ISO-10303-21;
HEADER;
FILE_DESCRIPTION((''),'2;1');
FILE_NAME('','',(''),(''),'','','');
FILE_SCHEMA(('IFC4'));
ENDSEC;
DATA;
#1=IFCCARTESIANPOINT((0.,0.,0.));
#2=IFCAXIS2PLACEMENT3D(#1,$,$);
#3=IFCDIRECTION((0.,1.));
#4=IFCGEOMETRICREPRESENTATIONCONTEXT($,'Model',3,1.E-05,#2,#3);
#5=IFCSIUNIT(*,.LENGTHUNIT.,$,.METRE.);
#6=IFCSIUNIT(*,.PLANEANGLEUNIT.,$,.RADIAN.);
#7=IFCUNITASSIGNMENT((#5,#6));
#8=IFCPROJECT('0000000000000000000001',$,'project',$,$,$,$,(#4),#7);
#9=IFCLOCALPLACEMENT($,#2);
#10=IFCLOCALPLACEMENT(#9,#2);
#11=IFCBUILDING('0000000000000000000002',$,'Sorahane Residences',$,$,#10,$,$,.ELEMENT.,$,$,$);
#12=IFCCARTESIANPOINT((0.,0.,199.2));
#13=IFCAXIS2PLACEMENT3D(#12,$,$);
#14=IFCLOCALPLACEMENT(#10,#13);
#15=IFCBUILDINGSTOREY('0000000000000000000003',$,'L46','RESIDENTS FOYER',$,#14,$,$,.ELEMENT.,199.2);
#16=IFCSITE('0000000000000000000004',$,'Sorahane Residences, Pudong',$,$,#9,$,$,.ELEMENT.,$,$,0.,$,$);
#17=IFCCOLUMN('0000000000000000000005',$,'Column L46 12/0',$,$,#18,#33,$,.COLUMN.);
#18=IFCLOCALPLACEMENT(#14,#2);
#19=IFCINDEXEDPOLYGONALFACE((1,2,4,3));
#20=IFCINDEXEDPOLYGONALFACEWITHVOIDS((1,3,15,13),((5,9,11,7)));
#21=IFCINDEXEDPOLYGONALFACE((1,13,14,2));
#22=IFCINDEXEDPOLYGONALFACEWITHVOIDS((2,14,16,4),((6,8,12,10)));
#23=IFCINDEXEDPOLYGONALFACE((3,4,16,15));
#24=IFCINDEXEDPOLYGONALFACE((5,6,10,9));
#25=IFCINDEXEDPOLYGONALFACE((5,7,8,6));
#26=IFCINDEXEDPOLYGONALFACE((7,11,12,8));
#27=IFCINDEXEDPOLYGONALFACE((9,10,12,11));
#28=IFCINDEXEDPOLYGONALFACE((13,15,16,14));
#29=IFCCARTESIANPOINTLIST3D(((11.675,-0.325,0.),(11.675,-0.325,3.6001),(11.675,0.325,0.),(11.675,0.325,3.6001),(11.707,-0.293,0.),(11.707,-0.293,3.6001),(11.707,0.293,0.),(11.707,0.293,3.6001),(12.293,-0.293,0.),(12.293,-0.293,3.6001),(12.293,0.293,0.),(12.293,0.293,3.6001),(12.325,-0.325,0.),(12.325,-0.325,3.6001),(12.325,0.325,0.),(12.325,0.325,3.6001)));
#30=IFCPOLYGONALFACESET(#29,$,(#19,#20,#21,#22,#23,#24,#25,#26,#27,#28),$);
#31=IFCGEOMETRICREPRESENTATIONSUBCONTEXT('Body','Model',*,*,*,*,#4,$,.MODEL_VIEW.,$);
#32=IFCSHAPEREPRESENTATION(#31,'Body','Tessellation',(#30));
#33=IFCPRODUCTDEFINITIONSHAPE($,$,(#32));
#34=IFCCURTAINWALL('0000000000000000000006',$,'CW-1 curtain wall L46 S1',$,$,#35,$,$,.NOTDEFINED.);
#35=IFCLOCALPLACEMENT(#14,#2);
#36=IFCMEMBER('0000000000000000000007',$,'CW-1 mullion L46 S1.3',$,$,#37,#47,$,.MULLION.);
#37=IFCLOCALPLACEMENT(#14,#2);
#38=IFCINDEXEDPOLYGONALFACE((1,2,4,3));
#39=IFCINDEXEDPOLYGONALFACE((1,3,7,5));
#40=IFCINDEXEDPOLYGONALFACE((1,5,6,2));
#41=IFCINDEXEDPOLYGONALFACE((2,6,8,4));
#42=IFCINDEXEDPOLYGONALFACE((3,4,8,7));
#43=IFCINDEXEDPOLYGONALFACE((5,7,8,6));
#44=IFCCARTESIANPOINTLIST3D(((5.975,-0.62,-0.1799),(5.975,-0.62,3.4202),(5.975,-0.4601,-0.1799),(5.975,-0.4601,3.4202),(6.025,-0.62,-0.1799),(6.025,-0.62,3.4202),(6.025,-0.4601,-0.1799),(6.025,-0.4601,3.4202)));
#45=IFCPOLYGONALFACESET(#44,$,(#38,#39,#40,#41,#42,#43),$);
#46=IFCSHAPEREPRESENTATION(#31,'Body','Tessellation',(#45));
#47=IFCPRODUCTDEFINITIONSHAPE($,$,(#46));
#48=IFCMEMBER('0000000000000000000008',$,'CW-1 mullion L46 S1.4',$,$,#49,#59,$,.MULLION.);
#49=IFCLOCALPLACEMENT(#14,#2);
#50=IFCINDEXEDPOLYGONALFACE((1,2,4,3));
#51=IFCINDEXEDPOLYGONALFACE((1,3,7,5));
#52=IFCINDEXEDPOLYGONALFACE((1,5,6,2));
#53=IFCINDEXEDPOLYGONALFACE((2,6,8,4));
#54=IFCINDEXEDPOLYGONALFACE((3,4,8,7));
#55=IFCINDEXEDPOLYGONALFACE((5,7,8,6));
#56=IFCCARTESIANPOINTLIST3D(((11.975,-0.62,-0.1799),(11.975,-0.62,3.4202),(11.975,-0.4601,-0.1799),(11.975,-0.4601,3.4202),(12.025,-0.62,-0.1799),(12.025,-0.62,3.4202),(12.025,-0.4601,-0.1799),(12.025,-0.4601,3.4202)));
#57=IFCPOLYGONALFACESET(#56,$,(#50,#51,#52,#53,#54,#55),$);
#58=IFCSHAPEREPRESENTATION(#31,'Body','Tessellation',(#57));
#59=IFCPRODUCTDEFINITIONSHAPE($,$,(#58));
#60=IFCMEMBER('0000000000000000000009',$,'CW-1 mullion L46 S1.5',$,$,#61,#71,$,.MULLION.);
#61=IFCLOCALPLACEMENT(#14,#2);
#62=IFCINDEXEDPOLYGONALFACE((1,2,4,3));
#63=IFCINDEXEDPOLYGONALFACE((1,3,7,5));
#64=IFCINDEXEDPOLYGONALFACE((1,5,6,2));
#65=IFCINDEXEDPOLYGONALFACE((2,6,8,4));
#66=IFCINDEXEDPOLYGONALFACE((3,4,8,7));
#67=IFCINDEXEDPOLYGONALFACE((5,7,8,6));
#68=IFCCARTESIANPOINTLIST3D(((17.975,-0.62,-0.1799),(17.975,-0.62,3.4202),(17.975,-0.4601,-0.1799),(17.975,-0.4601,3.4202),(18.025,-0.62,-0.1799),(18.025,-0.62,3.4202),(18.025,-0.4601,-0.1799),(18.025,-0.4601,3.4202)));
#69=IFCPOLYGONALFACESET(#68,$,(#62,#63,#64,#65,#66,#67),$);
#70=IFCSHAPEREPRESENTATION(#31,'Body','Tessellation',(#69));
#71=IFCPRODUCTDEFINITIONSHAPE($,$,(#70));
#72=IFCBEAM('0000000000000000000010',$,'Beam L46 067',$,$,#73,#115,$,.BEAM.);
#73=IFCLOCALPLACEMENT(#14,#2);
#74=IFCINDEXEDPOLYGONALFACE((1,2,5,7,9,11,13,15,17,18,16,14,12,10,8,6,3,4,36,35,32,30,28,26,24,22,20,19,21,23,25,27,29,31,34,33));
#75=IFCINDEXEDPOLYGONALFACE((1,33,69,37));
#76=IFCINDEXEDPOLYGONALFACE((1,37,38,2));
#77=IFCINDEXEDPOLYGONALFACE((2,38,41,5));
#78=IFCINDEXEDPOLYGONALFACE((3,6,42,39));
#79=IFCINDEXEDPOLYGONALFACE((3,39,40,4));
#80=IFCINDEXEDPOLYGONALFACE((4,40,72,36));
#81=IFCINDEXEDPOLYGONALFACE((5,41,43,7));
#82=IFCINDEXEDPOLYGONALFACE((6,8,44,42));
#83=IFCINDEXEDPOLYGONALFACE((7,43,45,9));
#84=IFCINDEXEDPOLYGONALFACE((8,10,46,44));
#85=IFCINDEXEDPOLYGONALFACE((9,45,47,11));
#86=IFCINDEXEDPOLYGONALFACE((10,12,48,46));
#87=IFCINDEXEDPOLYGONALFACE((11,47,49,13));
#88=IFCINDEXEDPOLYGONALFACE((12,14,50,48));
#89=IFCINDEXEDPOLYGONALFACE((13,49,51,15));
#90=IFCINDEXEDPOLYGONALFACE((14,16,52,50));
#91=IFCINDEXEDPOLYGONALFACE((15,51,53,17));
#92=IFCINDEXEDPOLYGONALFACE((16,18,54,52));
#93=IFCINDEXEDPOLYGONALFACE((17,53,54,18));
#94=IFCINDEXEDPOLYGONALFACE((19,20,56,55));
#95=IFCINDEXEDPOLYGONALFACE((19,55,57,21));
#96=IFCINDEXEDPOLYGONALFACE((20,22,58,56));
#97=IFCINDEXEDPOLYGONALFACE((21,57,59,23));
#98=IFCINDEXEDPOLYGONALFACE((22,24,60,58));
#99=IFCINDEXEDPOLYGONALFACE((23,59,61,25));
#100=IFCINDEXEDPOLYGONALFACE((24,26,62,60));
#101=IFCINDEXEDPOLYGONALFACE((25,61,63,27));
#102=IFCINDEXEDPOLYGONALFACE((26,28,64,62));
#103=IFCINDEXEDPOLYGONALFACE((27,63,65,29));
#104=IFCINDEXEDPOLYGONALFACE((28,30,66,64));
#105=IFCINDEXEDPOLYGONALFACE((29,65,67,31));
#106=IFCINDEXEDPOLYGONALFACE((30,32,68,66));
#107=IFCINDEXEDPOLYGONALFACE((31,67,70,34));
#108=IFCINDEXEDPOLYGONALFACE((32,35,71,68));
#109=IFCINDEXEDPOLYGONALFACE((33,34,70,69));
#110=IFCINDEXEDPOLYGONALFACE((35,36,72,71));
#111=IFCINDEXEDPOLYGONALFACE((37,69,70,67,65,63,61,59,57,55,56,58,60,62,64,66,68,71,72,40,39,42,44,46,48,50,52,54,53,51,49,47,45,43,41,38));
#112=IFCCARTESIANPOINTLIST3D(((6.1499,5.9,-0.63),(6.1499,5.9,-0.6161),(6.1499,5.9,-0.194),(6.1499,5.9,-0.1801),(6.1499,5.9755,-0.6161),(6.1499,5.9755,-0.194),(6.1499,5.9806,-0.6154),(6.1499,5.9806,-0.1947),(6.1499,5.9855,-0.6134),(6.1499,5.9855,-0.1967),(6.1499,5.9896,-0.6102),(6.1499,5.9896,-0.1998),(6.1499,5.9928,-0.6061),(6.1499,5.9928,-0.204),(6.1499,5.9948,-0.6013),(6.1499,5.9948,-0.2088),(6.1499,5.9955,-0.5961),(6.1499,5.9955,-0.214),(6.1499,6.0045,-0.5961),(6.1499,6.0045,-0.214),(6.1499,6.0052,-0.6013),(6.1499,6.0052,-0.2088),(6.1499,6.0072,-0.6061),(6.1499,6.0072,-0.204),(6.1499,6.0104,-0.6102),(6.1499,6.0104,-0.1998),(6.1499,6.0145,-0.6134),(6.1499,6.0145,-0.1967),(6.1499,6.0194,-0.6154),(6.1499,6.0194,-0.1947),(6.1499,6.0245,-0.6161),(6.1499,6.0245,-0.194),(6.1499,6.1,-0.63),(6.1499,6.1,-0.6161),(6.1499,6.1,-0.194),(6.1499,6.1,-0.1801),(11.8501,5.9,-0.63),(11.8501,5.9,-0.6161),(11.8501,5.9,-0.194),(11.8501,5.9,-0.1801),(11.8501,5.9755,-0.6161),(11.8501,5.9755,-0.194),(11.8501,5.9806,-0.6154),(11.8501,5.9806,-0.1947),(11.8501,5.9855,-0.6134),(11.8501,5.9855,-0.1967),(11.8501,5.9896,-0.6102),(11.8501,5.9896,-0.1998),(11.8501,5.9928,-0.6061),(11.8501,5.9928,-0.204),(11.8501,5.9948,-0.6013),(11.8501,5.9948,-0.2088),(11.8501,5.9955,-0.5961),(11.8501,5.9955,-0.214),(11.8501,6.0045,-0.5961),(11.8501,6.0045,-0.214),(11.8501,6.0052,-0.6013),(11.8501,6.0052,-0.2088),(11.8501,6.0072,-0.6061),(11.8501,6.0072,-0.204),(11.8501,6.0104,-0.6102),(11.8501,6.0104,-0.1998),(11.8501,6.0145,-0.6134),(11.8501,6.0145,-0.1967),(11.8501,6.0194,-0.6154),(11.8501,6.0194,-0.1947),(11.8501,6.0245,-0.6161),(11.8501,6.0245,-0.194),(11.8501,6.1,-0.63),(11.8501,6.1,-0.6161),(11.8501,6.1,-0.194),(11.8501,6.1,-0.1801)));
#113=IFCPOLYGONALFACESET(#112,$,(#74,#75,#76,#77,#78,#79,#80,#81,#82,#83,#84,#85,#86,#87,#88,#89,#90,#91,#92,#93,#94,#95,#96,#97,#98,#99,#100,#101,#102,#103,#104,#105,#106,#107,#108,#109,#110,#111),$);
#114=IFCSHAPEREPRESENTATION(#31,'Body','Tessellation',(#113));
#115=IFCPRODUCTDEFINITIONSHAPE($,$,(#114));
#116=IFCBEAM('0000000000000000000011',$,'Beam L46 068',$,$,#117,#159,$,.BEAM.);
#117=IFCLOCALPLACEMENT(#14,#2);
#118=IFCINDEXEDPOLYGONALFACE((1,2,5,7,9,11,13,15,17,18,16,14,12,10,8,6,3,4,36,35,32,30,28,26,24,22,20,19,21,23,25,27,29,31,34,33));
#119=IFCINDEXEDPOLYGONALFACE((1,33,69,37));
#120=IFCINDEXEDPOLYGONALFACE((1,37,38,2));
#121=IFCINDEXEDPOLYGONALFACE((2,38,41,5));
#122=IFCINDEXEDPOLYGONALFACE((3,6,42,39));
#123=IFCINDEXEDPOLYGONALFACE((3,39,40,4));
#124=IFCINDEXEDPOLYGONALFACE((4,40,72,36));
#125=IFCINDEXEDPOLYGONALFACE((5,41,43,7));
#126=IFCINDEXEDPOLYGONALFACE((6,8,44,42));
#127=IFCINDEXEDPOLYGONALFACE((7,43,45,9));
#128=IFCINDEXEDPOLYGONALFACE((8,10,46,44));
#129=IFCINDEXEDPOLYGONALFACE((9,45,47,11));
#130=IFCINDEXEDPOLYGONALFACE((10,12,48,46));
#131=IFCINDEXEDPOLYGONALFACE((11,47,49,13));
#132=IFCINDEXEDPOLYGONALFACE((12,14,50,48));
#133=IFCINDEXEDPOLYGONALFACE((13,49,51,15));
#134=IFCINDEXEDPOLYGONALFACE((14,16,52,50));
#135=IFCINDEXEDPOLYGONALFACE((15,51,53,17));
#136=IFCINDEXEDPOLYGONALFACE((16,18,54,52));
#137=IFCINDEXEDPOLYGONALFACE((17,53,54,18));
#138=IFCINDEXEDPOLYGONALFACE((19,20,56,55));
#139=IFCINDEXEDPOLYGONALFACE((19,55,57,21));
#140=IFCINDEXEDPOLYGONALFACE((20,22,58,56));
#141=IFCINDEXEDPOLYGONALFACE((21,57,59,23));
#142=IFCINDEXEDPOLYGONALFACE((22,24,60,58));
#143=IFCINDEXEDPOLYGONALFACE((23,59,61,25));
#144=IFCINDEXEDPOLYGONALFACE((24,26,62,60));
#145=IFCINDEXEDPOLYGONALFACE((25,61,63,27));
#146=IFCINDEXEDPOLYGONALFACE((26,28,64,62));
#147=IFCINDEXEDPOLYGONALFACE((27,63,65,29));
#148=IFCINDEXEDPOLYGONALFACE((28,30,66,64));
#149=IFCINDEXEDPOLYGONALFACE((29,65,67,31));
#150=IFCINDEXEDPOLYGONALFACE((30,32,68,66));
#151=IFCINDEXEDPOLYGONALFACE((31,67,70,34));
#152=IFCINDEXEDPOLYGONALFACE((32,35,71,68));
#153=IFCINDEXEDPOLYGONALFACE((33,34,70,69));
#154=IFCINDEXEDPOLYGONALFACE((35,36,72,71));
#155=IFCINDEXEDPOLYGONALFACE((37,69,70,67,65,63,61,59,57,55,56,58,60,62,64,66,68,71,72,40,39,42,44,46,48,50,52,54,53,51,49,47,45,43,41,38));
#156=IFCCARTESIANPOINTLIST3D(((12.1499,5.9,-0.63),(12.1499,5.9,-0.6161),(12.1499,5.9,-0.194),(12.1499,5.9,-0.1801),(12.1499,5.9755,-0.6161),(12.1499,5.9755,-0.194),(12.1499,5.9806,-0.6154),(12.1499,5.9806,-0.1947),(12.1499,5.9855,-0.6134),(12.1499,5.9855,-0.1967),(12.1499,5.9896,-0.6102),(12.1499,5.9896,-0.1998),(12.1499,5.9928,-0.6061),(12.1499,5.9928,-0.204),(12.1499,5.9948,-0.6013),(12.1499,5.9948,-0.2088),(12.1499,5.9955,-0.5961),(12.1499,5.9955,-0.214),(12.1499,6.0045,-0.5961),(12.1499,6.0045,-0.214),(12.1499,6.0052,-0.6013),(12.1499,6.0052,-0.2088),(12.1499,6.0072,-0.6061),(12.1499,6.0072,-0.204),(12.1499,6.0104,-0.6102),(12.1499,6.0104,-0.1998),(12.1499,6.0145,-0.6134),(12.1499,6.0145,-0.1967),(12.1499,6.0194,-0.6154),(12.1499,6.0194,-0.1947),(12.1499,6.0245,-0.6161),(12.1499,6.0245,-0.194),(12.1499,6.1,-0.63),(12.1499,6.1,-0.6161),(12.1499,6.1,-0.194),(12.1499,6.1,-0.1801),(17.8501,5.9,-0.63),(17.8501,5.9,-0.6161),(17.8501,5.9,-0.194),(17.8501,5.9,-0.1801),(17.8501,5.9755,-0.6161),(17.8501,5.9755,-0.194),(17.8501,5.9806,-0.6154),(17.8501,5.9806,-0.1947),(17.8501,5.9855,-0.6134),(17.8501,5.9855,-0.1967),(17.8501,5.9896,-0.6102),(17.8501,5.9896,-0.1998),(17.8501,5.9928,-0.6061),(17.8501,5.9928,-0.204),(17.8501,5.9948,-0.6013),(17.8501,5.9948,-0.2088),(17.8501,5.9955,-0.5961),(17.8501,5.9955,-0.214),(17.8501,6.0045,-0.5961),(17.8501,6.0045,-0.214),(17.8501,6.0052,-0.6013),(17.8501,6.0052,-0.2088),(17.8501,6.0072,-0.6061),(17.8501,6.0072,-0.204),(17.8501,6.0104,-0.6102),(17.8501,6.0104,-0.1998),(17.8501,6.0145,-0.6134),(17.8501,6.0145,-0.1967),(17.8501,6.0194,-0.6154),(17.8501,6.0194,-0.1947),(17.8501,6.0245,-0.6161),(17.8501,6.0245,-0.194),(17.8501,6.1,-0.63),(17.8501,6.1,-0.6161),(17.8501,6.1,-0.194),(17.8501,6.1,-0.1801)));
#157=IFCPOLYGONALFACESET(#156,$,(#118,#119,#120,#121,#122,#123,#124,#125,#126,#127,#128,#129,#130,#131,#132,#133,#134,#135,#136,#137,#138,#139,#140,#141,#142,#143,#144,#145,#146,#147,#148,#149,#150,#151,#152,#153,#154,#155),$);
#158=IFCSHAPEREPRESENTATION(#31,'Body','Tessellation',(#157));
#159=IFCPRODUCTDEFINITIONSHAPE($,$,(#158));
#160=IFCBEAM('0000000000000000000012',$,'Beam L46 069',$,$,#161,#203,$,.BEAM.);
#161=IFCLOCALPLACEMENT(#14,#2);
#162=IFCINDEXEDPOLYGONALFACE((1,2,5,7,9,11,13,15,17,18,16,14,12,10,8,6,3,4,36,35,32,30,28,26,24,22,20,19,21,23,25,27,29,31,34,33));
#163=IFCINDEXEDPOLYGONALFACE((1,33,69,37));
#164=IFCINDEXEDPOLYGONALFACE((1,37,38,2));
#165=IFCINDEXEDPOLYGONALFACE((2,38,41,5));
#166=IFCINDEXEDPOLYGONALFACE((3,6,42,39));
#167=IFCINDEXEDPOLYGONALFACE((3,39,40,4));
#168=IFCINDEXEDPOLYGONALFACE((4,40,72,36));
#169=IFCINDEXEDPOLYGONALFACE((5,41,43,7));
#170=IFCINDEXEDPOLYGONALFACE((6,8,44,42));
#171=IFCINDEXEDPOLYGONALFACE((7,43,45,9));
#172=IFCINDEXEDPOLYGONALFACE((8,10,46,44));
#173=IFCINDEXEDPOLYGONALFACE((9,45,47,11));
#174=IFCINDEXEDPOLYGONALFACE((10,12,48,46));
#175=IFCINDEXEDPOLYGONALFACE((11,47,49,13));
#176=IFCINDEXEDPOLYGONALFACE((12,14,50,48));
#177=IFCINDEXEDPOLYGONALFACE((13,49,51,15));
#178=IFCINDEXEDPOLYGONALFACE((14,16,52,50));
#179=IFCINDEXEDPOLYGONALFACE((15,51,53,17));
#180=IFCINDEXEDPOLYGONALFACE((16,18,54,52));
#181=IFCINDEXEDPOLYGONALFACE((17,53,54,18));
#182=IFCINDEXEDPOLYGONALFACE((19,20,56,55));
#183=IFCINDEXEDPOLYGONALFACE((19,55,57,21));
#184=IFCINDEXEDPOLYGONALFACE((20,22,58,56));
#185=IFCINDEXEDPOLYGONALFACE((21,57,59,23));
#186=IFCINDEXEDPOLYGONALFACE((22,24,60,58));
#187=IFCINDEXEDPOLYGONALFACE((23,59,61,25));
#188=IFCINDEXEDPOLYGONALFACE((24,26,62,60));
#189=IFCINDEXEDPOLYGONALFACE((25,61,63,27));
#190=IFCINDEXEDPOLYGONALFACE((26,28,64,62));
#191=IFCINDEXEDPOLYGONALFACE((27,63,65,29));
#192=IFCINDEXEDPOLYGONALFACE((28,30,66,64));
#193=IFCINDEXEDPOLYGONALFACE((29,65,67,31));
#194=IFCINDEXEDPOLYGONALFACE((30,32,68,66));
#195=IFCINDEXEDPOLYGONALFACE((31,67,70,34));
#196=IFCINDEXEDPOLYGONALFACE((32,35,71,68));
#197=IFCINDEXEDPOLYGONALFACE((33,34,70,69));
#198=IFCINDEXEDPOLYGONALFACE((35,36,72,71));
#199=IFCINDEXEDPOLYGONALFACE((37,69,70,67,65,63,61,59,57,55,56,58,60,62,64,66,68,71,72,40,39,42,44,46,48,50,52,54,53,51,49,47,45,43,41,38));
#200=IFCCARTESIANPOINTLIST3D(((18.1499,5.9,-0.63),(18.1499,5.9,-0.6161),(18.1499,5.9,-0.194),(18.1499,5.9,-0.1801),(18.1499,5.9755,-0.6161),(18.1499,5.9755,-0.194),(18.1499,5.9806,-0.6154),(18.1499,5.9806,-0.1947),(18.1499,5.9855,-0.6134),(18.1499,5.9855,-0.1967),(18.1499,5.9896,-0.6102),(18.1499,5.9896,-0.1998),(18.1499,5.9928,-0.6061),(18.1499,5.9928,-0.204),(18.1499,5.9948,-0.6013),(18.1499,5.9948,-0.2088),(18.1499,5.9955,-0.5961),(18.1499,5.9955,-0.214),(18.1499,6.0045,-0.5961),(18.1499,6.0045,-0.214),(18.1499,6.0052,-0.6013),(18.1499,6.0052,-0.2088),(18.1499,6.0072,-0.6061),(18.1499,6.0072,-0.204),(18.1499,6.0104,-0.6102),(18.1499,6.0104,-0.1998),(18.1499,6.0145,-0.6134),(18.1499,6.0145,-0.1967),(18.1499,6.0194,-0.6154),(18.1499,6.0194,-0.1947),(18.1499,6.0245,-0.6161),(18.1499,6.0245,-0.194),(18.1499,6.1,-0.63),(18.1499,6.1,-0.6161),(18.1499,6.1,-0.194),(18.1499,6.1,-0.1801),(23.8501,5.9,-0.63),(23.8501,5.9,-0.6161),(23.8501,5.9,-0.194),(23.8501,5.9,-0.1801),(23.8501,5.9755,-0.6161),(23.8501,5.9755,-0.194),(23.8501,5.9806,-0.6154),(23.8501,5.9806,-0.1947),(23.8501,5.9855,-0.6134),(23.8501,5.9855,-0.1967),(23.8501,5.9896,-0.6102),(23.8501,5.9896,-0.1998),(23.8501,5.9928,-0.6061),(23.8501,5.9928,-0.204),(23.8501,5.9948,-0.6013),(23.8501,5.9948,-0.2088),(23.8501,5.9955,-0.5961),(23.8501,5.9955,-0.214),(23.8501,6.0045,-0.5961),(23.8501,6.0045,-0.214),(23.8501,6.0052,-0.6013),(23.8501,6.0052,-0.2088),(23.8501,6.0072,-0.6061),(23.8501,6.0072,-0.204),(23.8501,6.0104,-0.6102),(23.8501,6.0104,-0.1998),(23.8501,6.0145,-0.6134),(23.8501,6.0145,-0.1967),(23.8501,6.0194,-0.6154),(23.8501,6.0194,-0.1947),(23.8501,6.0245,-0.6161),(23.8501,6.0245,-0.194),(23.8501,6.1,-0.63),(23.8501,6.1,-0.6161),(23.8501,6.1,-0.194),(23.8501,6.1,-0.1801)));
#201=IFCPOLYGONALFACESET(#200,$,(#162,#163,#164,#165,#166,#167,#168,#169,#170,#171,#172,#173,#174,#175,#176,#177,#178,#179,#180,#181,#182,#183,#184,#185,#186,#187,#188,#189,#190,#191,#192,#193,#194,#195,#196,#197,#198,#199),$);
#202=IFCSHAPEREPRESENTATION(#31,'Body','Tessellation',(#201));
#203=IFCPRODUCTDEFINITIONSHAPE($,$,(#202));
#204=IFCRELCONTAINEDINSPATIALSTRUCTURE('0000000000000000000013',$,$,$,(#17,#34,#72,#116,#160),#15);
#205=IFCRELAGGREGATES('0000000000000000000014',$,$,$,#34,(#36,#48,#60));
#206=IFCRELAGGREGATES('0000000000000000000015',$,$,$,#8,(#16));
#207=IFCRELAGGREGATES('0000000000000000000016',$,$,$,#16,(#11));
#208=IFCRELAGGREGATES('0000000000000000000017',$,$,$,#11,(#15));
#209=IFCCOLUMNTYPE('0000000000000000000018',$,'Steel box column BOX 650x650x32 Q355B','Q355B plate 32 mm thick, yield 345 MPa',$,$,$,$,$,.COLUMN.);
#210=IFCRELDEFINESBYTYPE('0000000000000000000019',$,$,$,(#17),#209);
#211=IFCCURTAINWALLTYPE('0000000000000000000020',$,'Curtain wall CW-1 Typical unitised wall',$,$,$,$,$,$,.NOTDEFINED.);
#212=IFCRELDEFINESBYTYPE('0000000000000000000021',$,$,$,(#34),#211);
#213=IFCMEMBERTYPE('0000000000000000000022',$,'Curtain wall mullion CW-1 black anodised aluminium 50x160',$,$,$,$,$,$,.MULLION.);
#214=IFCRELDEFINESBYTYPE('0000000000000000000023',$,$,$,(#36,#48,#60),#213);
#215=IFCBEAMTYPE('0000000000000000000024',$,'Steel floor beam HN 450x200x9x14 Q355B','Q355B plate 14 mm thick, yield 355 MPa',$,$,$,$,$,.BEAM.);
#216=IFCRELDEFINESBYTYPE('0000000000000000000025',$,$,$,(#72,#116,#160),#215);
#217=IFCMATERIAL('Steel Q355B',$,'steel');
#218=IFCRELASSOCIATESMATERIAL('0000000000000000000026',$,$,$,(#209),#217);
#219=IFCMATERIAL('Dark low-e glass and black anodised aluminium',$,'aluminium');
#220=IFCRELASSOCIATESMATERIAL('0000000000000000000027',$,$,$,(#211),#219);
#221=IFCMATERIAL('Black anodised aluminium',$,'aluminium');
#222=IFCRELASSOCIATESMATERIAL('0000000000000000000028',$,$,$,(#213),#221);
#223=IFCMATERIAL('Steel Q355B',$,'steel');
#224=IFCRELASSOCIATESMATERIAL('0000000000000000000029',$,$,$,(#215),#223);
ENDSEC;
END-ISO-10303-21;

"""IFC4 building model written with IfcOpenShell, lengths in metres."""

from ifc_helpers import new_model, si_unit, direction, frame, origin, origin_2d, place, context, subcontext, project, spatial, rectangle, hollow_rectangle, i_section, extrude, material, material_profile, profile_set, type_object, element, aggregate, save


model = new_model("IFC4")

# Units and contexts
model_context = context("Model", 3, precision=1e-05, world=origin(), true_north=direction((0.0, 1.0)))
body_context = subcontext(model_context, "Body", "Model", "MODEL_VIEW")
ifc_project = project(units=[si_unit("LENGTHUNIT", "METRE"), si_unit("PLANEANGLEUNIT", "RADIAN")], contexts=[model_context])

# Site, building, storey
site_placement = place(None, origin())
site = spatial("IfcSite", under=ifc_project, at=site_placement, Name="Sorahane Residences, Pudong", CompositionType="ELEMENT", RefElevation=0.0)
building_placement = place(site_placement, origin())
building = spatial("IfcBuilding", under=site, at=building_placement, Name="Sorahane Residences", CompositionType="ELEMENT")
storey_placement = place(building_placement, frame((0.0, 0.0, 199.2)))
storey = spatial("IfcBuildingStorey", under=building, at=storey_placement, Name="L46", Description="RESIDENTS FOYER", CompositionType="ELEMENT", Elevation=199.2)

# Column
ifc_material_1 = material(Name="Steel Q355B", Category="steel")
ifc_material_profile_1 = material_profile(ifc_material_1, hollow_rectangle(XDim=0.6499, YDim=0.6499, WallThickness=0.032, at=origin_2d()), Name="BOX 650x650x32")
ifc_profile_set_1 = profile_set([ifc_material_profile_1], Name="Steel Q355B")
column_type = type_object("IfcColumnType", Name="Steel box column BOX 650x650x32 Q355B", Description="Q355B plate 32 mm thick, yield 345 MPa", PredefinedType="COLUMN", material=ifc_profile_set_1)
column_placement = place(storey_placement, frame((12.0, 0.0, 0.0), z_axis=(0.0, 0.0, 1.0), x_axis=(1.0, 0.0, 0.0)))
element("IfcColumn", 1, at=column_placement, inside=storey, type_object=column_type, Name="Column L46 12/0", PredefinedType="COLUMN", context=body_context, shape_type="SweptSolid", body=[
    extrude(hollow_rectangle(XDim=0.6499, YDim=0.6499, WallThickness=0.032, at=origin_2d()), origin(), (0.0, 0.0, 1.0), 3.6001),
])

# Curtain wall, members
ifc_material_2 = material(Name="Dark low-e glass and black anodised aluminium", Category="aluminium")
curtain_wall_type = type_object("IfcCurtainWallType", Name="Curtain wall CW-1 Typical unitised wall", PredefinedType="NOTDEFINED", material=ifc_material_2)
curtain_wall_placement = place(storey_placement, origin())
curtain_wall = element("IfcCurtainWall", 2, at=curtain_wall_placement, inside=storey, type_object=curtain_wall_type, Name="CW-1 curtain wall L46 S1", PredefinedType="NOTDEFINED")
ifc_material_3 = material(Name="Black anodised aluminium", Category="aluminium")
ifc_material_profile_2 = material_profile(ifc_material_3, rectangle(XDim=0.1599, YDim=0.05, at=origin_2d()), Name="Curtain wall mullion CW-1 black anodised aluminium 50x160")
ifc_profile_set_2 = profile_set([ifc_material_profile_2], Name="Black anodised aluminium")
member_type = type_object("IfcMemberType", Name="Curtain wall mullion CW-1 black anodised aluminium 50x160", PredefinedType="MULLION", material=ifc_profile_set_2)
member_1_placement = place(storey_placement, frame((6.0, -0.54, -0.1799), z_axis=(0.0, 0.0, 1.0), x_axis=(0.0, -1.0, 0.0)))
member_1 = element("IfcMember", 3, at=member_1_placement, type_object=member_type, Name="CW-1 mullion L46 S1.3", PredefinedType="MULLION", context=body_context, shape_type="SweptSolid", body=[
    extrude(rectangle(XDim=0.1599, YDim=0.05, at=origin_2d()), origin(), (0.0, 0.0, 1.0), 3.6001),
])
member_2_placement = place(storey_placement, frame((12.0, -0.54, -0.1799), z_axis=(0.0, 0.0, 1.0), x_axis=(0.0, -1.0, 0.0)))
member_2 = element("IfcMember", 4, at=member_2_placement, type_object=member_type, Name="CW-1 mullion L46 S1.4", PredefinedType="MULLION", context=body_context, shape_type="SweptSolid", body=[
    extrude(rectangle(XDim=0.1599, YDim=0.05, at=origin_2d()), origin(), (0.0, 0.0, 1.0), 3.6001),
])
member_3_placement = place(storey_placement, frame((18.0, -0.54, -0.1799), z_axis=(0.0, 0.0, 1.0), x_axis=(0.0, -1.0, 0.0)))
member_3 = element("IfcMember", 5, at=member_3_placement, type_object=member_type, Name="CW-1 mullion L46 S1.5", PredefinedType="MULLION", context=body_context, shape_type="SweptSolid", body=[
    extrude(rectangle(XDim=0.1599, YDim=0.05, at=origin_2d()), origin(), (0.0, 0.0, 1.0), 3.6001),
])

# Beams
ifc_material_4 = material(Name="Steel Q355B", Category="steel")
ifc_material_profile_3 = material_profile(ifc_material_4, i_section(OverallWidth=0.2, OverallDepth=0.45, WebThickness=0.009, FlangeThickness=0.0139, FilletRadius=0.02, at=origin_2d()), Name="HN 450x200x9x14")
ifc_profile_set_3 = profile_set([ifc_material_profile_3], Name="Steel Q355B")
beam_type_1 = type_object("IfcBeamType", Name="Steel floor beam HN 450x200x9x14 Q355B", Description="Q355B plate 14 mm thick, yield 355 MPa", PredefinedType="BEAM", material=ifc_profile_set_3)
for number, where, z_axis, x_axis, name in (
    (6, (6.1499, 6.0, -0.405), (1.0, 0.0, 0.0), (0.0, 1.0, 0.0), "Beam L46 067"),
    (7, (12.1499, 6.0, -0.405), (1.0, 0.0, 0.0), (0.0, 1.0, 0.0), "Beam L46 068"),
    (8, (18.1499, 6.0, -0.405), (1.0, 0.0, 0.0), (0.0, 1.0, 0.0), "Beam L46 069"),
):
    element("IfcBeam", number, at=place(storey_placement, frame(where, z_axis=z_axis, x_axis=x_axis)), inside=storey, type_object=beam_type_1, Name=name, PredefinedType="BEAM", context=body_context, shape_type="SweptSolid", body=[
        extrude(i_section(OverallWidth=0.2, OverallDepth=0.45, WebThickness=0.009, FlangeThickness=0.0139, FilletRadius=0.02, at=origin_2d()), origin(), (0.0, 0.0, 1.0), 5.7002),
    ])

aggregate(curtain_wall, [member_1, member_2, member_3])

save(model, "model.ifc")
